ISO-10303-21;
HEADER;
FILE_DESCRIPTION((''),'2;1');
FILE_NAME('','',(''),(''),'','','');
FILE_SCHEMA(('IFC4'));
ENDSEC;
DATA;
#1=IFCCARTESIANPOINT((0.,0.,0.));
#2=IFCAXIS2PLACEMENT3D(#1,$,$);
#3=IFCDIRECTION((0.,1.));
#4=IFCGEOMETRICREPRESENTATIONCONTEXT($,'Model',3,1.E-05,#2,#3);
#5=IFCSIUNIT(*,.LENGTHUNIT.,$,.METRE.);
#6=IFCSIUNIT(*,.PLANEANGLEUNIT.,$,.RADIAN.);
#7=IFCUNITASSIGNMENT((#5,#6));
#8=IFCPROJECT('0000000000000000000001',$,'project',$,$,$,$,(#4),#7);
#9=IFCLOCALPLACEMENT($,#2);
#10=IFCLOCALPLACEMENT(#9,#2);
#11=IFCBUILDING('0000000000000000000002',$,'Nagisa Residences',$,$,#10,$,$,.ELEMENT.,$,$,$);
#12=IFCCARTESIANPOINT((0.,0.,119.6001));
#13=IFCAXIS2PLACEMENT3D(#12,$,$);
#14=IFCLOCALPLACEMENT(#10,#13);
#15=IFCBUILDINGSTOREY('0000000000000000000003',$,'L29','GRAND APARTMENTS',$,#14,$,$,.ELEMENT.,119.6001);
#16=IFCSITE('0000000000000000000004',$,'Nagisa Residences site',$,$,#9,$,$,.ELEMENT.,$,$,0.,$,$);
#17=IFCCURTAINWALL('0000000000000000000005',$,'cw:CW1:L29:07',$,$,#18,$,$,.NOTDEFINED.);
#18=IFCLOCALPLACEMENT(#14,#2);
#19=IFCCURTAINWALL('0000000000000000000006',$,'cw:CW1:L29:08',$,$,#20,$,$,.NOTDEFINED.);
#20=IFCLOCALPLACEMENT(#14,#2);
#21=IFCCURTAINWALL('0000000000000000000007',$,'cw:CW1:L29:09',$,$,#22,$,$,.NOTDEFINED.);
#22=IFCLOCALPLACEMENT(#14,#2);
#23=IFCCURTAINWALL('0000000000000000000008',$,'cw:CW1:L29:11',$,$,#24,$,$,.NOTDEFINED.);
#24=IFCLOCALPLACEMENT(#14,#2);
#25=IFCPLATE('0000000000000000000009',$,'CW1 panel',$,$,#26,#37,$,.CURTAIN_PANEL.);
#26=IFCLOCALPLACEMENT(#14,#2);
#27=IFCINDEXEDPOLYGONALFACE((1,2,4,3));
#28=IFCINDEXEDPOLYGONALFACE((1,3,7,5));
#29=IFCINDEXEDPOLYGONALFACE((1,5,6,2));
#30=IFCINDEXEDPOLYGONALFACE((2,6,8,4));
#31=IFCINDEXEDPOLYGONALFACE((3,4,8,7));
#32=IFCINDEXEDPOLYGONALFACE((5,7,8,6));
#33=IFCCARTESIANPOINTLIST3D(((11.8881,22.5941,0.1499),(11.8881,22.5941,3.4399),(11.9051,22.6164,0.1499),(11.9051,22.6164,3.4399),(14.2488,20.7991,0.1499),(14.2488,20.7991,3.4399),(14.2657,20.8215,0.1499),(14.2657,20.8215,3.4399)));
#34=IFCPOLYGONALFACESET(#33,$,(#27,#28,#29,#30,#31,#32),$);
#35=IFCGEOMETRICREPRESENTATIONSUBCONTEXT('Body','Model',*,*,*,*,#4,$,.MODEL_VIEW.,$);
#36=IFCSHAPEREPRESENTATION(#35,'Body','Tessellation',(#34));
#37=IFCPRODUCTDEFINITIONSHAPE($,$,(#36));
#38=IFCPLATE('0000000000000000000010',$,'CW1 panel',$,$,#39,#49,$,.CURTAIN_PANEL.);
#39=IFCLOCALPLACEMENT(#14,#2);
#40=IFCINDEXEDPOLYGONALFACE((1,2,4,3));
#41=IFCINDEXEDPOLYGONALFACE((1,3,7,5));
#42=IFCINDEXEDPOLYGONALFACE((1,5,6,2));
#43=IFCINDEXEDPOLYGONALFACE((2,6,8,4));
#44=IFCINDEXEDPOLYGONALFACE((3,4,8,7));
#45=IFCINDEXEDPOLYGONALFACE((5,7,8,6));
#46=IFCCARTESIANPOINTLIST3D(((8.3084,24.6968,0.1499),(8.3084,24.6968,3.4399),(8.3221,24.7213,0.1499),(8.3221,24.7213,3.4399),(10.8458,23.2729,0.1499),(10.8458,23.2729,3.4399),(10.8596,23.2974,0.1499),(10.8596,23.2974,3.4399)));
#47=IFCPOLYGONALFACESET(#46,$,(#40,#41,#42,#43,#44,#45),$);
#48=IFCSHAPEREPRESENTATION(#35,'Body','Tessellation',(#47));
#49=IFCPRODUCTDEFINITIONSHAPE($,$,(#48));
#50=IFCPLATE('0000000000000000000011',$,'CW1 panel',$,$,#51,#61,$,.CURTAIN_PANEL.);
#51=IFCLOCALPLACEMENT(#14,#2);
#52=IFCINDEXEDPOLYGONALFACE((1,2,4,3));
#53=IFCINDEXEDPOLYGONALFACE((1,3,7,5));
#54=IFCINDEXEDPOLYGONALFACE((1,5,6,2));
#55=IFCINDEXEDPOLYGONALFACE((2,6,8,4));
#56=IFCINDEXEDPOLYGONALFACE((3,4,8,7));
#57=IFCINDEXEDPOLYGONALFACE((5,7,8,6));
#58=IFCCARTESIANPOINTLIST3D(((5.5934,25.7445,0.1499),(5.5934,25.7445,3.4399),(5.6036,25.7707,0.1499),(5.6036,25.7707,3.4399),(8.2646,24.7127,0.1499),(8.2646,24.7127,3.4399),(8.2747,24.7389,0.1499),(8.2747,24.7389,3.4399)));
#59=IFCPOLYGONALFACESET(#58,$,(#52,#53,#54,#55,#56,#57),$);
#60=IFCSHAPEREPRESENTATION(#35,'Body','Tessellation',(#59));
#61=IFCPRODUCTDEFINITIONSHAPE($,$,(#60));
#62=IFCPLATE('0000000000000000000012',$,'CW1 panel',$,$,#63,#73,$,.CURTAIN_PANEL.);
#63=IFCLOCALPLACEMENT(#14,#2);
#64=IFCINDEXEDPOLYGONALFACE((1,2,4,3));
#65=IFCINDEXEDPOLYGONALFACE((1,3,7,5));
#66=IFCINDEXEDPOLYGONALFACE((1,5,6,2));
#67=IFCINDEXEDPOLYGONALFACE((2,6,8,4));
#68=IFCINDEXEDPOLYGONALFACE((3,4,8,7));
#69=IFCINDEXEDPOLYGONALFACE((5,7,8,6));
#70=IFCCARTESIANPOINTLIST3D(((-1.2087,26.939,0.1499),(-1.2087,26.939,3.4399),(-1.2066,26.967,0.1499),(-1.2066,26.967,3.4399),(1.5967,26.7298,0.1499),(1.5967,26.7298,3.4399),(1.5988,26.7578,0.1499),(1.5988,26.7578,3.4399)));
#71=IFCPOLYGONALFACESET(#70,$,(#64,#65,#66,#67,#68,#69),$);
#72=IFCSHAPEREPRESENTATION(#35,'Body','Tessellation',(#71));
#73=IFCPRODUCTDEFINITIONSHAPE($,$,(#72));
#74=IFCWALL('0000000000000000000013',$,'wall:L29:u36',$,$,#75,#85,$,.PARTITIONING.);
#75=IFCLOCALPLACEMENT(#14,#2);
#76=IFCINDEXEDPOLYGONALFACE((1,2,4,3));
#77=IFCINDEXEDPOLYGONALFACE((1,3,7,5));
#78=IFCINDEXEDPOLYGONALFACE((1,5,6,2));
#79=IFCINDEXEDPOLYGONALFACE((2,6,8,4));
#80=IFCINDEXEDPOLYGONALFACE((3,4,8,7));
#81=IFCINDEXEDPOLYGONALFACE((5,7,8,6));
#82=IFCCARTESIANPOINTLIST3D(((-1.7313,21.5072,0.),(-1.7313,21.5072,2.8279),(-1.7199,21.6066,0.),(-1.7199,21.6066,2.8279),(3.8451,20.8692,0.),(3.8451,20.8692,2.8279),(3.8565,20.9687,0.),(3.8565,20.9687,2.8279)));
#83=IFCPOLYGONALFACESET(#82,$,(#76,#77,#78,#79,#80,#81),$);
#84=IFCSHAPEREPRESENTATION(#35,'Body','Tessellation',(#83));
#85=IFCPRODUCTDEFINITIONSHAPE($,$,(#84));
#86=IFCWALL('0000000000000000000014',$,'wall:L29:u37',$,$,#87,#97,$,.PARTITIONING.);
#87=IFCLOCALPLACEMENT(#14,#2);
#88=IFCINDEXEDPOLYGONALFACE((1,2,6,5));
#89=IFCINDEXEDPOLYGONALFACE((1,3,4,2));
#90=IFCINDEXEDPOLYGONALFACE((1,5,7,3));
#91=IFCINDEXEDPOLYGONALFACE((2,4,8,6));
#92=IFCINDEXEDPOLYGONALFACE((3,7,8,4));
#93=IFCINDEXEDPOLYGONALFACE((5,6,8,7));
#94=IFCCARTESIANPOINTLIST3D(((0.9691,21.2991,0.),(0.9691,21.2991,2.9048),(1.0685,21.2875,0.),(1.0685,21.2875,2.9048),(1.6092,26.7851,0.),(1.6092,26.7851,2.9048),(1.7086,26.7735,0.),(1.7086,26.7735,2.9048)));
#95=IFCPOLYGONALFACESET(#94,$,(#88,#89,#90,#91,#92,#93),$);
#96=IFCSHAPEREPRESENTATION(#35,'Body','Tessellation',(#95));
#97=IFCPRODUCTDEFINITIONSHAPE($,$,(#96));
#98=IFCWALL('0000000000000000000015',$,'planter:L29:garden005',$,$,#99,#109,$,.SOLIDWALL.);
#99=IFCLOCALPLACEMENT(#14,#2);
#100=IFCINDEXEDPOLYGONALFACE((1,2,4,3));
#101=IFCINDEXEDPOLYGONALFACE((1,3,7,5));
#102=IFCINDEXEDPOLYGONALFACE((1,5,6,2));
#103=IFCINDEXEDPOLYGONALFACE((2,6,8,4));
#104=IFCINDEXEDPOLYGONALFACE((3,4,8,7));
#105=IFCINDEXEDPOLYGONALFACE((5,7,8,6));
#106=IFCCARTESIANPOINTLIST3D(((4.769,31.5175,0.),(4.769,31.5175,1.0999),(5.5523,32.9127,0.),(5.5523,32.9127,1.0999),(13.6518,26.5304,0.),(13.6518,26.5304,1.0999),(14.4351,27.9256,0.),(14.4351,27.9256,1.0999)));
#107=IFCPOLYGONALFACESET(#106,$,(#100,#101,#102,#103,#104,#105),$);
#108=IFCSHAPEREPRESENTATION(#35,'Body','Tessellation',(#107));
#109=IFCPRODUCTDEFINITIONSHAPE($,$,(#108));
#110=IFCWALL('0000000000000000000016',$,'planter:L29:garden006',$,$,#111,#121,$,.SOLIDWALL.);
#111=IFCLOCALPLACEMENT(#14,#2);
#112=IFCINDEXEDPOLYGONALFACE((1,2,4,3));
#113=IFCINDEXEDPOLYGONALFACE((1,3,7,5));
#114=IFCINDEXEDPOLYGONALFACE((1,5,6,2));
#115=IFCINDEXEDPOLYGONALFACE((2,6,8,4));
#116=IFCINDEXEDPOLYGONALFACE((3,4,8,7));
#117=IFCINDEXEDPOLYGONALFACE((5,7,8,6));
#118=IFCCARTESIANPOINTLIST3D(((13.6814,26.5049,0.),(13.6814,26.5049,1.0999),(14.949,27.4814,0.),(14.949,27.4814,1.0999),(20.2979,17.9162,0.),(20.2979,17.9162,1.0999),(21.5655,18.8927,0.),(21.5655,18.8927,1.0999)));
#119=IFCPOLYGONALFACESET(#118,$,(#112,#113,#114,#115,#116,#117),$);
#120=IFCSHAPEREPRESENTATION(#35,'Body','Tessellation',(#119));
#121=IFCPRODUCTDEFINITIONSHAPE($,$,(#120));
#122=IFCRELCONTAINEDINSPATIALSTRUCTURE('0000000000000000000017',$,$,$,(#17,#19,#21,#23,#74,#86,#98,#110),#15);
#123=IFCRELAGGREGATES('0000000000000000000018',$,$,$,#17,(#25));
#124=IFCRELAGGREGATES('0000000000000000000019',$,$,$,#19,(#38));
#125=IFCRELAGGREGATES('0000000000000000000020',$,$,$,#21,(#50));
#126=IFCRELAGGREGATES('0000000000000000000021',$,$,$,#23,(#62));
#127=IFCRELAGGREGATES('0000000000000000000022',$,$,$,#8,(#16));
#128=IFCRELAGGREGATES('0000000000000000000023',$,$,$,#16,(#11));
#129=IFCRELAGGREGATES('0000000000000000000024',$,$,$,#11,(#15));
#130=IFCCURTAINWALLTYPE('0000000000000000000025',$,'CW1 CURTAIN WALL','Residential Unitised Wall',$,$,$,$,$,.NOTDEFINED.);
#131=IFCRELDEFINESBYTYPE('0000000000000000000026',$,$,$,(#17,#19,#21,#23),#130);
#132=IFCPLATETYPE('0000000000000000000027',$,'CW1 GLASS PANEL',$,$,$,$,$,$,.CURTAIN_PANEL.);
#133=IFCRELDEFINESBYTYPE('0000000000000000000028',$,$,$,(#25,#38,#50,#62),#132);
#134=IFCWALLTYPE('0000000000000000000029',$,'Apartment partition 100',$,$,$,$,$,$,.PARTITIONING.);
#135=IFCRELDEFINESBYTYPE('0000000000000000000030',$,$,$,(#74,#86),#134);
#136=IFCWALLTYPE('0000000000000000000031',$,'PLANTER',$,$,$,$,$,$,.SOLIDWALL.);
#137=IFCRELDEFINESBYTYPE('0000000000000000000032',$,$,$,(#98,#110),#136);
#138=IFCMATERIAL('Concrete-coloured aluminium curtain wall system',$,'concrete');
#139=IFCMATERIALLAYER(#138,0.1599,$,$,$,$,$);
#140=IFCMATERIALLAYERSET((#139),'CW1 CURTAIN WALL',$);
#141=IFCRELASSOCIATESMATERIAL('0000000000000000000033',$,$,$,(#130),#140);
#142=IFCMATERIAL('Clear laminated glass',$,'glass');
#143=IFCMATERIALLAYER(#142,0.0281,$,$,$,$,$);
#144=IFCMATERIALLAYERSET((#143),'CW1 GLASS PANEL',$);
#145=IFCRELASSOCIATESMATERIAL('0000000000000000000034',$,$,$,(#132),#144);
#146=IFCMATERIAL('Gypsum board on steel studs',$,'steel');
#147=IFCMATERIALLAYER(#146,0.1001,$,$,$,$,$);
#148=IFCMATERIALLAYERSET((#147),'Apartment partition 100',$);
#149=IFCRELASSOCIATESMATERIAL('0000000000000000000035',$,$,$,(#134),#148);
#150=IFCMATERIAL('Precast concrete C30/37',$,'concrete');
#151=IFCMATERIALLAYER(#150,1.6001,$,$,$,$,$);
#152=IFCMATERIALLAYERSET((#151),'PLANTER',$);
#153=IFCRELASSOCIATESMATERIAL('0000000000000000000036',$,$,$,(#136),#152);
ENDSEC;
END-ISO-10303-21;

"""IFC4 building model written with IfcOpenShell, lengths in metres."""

from ifc_helpers import new_model, si_unit, direction, frame, frame_2d, origin, origin_2d, place, context, subcontext, project, spatial, rectangle, extrude, material, layer, layer_set, type_object, element, aggregate, save


model = new_model("IFC4")

# Units and contexts
model_context = context("Model", 3, precision=1e-05, world=origin(), true_north=direction((0.0, 1.0)))
body_context = subcontext(model_context, "Body", "Model", "MODEL_VIEW")
ifc_project = project(units=[si_unit("LENGTHUNIT", "METRE"), si_unit("PLANEANGLEUNIT", "RADIAN")], contexts=[model_context])

# Site, building, storey
site_placement = place(None, origin())
site = spatial("IfcSite", under=ifc_project, at=site_placement, Name="Nagisa Residences site", CompositionType="ELEMENT", RefElevation=0.0)
building_placement = place(site_placement, origin())
building = spatial("IfcBuilding", under=site, at=building_placement, Name="Nagisa Residences", CompositionType="ELEMENT")
storey_placement = place(building_placement, frame((0.0, 0.0, 119.6001)))
storey = spatial("IfcBuildingStorey", under=building, at=storey_placement, Name="L29", Description="GRAND APARTMENTS", CompositionType="ELEMENT", Elevation=119.6001)

# Curtain walls
ifc_material_1 = material(Name="Concrete-coloured aluminium curtain wall system", Category="concrete")
ifc_layer_1 = layer(ifc_material_1, 0.1599)
ifc_layer_set_1 = layer_set([ifc_layer_1], Name="CW1 CURTAIN WALL")
curtain_wall_type = type_object("IfcCurtainWallType", Name="CW1 CURTAIN WALL", Description="Residential Unitised Wall", PredefinedType="NOTDEFINED", material=ifc_layer_set_1)
curtain_wall_1_placement = place(storey_placement, origin())
curtain_wall_1 = element("IfcCurtainWall", 1, at=curtain_wall_1_placement, inside=storey, type_object=curtain_wall_type, Name="cw:CW1:L29:07", PredefinedType="NOTDEFINED")
curtain_wall_2_placement = place(storey_placement, origin())
curtain_wall_2 = element("IfcCurtainWall", 2, at=curtain_wall_2_placement, inside=storey, type_object=curtain_wall_type, Name="cw:CW1:L29:08", PredefinedType="NOTDEFINED")
curtain_wall_3_placement = place(storey_placement, origin())
curtain_wall_3 = element("IfcCurtainWall", 3, at=curtain_wall_3_placement, inside=storey, type_object=curtain_wall_type, Name="cw:CW1:L29:09", PredefinedType="NOTDEFINED")
curtain_wall_4_placement = place(storey_placement, origin())
curtain_wall_4 = element("IfcCurtainWall", 4, at=curtain_wall_4_placement, inside=storey, type_object=curtain_wall_type, Name="cw:CW1:L29:11", PredefinedType="NOTDEFINED")

# Plates
ifc_material_2 = material(Name="Clear laminated glass", Category="glass")
ifc_layer_2 = layer(ifc_material_2, 0.0281)
ifc_layer_set_2 = layer_set([ifc_layer_2], Name="CW1 GLASS PANEL")
plate_type = type_object("IfcPlateType", Name="CW1 GLASS PANEL", PredefinedType="CURTAIN_PANEL", material=ifc_layer_set_2)
plate_1_placement = place(storey_placement, frame((13.0769, 21.7078, 0.1499), z_axis=(0.0, 0.0, 1.0), x_axis=(-0.796031, 0.605255, 0.0)))
plate_1 = element("IfcPlate", 5, at=plate_1_placement, type_object=plate_type, Name="CW1 panel", PredefinedType="CURTAIN_PANEL", context=body_context, shape_type="SweptSolid", body=[
    extrude(rectangle(XDim=2.9656, YDim=0.0281, at=origin_2d()), origin(), (0.0, 0.0, 1.0), 3.29),
])
aggregate(curtain_wall_1, [plate_1])
plate_2_placement = place(storey_placement, frame((9.584, 23.9971, 0.1499), z_axis=(0.0, 0.0, 1.0), x_axis=(-0.872072, 0.489377, 0.0)))
plate_2 = element("IfcPlate", 6, at=plate_2_placement, type_object=plate_type, Name="CW1 panel", PredefinedType="CURTAIN_PANEL", context=body_context, shape_type="SweptSolid", body=[
    extrude(rectangle(XDim=2.9097, YDim=0.0281, at=origin_2d()), origin(), (0.0, 0.0, 1.0), 3.29),
])
aggregate(curtain_wall_2, [plate_2])
plate_3_placement = place(storey_placement, frame((6.9341, 25.2417, 0.1499), z_axis=(0.0, 0.0, 1.0), x_axis=(-0.932826, 0.360328, 0.0)))
plate_3 = element("IfcPlate", 7, at=plate_3_placement, type_object=plate_type, Name="CW1 panel", PredefinedType="CURTAIN_PANEL", context=body_context, shape_type="SweptSolid", body=[
    extrude(rectangle(XDim=2.8635, YDim=0.0281, at=origin_2d()), origin(), (0.0, 0.0, 1.0), 3.29),
])
aggregate(curtain_wall_3, [plate_3])
plate_4_placement = place(storey_placement, frame((0.1951, 26.8484, 0.1499), z_axis=(0.0, 0.0, 1.0), x_axis=(-0.99723, 0.074377, 0.0)))
plate_4 = element("IfcPlate", 8, at=plate_4_placement, type_object=plate_type, Name="CW1 panel", PredefinedType="CURTAIN_PANEL", context=body_context, shape_type="SweptSolid", body=[
    extrude(rectangle(XDim=2.8132, YDim=0.0281, at=origin_2d()), origin(), (0.0, 0.0, 1.0), 3.29),
])
aggregate(curtain_wall_4, [plate_4])

# Walls
ifc_material_3 = material(Name="Gypsum board on steel studs", Category="steel")
ifc_layer_3 = layer(ifc_material_3, 0.1001)
ifc_layer_set_3 = layer_set([ifc_layer_3], Name="Apartment partition 100")
wall_type_1 = type_object("IfcWallType", Name="Apartment partition 100", PredefinedType="PARTITIONING", material=ifc_layer_set_3)
wall_1_placement = place(storey_placement, frame((3.8508, 20.9189, 0.0), z_axis=(0.0, 0.0, 1.0), x_axis=(-0.99352, 0.113658, 0.0)))
element("IfcWall", 9, at=wall_1_placement, inside=storey, type_object=wall_type_1, Name="wall:L29:u36", PredefinedType="PARTITIONING", context=body_context, shape_type="SweptSolid", body=[
    extrude(rectangle(XDim=5.6128, YDim=0.1001, at=frame_2d((2.8064, 0.0))), origin(), (0.0, 0.0, 1.0), 2.8279),
])
wall_2_placement = place(storey_placement, frame((1.0188, 21.2932, 0.0), z_axis=(0.0, 0.0, 1.0), x_axis=(0.115897, 0.993261, 0.0)))
element("IfcWall", 10, at=wall_2_placement, inside=storey, type_object=wall_type_1, Name="wall:L29:u37", PredefinedType="PARTITIONING", context=body_context, shape_type="SweptSolid", body=[
    extrude(rectangle(XDim=5.5232, YDim=0.1001, at=frame_2d((2.7617, 0.0))), origin(), (0.0, 0.0, 1.0), 2.9048),
])

# Walls
ifc_material_4 = material(Name="Precast concrete C30/37", Category="concrete")
ifc_layer_4 = layer(ifc_material_4, 1.6001)
ifc_layer_set_4 = layer_set([ifc_layer_4], Name="PLANTER")
wall_type_2 = type_object("IfcWallType", Name="PLANTER", PredefinedType="SOLIDWALL", material=ifc_layer_set_4)
wall_3_placement = place(storey_placement, frame((5.1606, 32.2151, 0.0), z_axis=(0.0, 0.0, 1.0), x_axis=(0.871975, -0.489551, 0.0)))
element("IfcWall", 11, at=wall_3_placement, inside=storey, type_object=wall_type_2, Name="planter:L29:garden005", PredefinedType="SOLIDWALL", context=body_context, shape_type="SweptSolid", body=[
    extrude(rectangle(XDim=10.187, YDim=1.6001, at=frame_2d((5.0935, 0.0))), origin(), (0.0, 0.0, 1.0), 1.0999),
])
wall_4_placement = place(storey_placement, frame((14.3152, 26.9932, 0.0), z_axis=(0.0, 0.0, 1.0), x_axis=(0.61028, -0.792186, 0.0)))
element("IfcWall", 12, at=wall_4_placement, inside=storey, type_object=wall_type_2, Name="planter:L29:garden006", PredefinedType="SOLIDWALL", context=body_context, shape_type="SweptSolid", body=[
    extrude(rectangle(XDim=10.8418, YDim=1.6001, at=frame_2d((5.4209, 0.0))), origin(), (0.0, 0.0, 1.0), 1.0999),
])

save(model, "model.ifc")
